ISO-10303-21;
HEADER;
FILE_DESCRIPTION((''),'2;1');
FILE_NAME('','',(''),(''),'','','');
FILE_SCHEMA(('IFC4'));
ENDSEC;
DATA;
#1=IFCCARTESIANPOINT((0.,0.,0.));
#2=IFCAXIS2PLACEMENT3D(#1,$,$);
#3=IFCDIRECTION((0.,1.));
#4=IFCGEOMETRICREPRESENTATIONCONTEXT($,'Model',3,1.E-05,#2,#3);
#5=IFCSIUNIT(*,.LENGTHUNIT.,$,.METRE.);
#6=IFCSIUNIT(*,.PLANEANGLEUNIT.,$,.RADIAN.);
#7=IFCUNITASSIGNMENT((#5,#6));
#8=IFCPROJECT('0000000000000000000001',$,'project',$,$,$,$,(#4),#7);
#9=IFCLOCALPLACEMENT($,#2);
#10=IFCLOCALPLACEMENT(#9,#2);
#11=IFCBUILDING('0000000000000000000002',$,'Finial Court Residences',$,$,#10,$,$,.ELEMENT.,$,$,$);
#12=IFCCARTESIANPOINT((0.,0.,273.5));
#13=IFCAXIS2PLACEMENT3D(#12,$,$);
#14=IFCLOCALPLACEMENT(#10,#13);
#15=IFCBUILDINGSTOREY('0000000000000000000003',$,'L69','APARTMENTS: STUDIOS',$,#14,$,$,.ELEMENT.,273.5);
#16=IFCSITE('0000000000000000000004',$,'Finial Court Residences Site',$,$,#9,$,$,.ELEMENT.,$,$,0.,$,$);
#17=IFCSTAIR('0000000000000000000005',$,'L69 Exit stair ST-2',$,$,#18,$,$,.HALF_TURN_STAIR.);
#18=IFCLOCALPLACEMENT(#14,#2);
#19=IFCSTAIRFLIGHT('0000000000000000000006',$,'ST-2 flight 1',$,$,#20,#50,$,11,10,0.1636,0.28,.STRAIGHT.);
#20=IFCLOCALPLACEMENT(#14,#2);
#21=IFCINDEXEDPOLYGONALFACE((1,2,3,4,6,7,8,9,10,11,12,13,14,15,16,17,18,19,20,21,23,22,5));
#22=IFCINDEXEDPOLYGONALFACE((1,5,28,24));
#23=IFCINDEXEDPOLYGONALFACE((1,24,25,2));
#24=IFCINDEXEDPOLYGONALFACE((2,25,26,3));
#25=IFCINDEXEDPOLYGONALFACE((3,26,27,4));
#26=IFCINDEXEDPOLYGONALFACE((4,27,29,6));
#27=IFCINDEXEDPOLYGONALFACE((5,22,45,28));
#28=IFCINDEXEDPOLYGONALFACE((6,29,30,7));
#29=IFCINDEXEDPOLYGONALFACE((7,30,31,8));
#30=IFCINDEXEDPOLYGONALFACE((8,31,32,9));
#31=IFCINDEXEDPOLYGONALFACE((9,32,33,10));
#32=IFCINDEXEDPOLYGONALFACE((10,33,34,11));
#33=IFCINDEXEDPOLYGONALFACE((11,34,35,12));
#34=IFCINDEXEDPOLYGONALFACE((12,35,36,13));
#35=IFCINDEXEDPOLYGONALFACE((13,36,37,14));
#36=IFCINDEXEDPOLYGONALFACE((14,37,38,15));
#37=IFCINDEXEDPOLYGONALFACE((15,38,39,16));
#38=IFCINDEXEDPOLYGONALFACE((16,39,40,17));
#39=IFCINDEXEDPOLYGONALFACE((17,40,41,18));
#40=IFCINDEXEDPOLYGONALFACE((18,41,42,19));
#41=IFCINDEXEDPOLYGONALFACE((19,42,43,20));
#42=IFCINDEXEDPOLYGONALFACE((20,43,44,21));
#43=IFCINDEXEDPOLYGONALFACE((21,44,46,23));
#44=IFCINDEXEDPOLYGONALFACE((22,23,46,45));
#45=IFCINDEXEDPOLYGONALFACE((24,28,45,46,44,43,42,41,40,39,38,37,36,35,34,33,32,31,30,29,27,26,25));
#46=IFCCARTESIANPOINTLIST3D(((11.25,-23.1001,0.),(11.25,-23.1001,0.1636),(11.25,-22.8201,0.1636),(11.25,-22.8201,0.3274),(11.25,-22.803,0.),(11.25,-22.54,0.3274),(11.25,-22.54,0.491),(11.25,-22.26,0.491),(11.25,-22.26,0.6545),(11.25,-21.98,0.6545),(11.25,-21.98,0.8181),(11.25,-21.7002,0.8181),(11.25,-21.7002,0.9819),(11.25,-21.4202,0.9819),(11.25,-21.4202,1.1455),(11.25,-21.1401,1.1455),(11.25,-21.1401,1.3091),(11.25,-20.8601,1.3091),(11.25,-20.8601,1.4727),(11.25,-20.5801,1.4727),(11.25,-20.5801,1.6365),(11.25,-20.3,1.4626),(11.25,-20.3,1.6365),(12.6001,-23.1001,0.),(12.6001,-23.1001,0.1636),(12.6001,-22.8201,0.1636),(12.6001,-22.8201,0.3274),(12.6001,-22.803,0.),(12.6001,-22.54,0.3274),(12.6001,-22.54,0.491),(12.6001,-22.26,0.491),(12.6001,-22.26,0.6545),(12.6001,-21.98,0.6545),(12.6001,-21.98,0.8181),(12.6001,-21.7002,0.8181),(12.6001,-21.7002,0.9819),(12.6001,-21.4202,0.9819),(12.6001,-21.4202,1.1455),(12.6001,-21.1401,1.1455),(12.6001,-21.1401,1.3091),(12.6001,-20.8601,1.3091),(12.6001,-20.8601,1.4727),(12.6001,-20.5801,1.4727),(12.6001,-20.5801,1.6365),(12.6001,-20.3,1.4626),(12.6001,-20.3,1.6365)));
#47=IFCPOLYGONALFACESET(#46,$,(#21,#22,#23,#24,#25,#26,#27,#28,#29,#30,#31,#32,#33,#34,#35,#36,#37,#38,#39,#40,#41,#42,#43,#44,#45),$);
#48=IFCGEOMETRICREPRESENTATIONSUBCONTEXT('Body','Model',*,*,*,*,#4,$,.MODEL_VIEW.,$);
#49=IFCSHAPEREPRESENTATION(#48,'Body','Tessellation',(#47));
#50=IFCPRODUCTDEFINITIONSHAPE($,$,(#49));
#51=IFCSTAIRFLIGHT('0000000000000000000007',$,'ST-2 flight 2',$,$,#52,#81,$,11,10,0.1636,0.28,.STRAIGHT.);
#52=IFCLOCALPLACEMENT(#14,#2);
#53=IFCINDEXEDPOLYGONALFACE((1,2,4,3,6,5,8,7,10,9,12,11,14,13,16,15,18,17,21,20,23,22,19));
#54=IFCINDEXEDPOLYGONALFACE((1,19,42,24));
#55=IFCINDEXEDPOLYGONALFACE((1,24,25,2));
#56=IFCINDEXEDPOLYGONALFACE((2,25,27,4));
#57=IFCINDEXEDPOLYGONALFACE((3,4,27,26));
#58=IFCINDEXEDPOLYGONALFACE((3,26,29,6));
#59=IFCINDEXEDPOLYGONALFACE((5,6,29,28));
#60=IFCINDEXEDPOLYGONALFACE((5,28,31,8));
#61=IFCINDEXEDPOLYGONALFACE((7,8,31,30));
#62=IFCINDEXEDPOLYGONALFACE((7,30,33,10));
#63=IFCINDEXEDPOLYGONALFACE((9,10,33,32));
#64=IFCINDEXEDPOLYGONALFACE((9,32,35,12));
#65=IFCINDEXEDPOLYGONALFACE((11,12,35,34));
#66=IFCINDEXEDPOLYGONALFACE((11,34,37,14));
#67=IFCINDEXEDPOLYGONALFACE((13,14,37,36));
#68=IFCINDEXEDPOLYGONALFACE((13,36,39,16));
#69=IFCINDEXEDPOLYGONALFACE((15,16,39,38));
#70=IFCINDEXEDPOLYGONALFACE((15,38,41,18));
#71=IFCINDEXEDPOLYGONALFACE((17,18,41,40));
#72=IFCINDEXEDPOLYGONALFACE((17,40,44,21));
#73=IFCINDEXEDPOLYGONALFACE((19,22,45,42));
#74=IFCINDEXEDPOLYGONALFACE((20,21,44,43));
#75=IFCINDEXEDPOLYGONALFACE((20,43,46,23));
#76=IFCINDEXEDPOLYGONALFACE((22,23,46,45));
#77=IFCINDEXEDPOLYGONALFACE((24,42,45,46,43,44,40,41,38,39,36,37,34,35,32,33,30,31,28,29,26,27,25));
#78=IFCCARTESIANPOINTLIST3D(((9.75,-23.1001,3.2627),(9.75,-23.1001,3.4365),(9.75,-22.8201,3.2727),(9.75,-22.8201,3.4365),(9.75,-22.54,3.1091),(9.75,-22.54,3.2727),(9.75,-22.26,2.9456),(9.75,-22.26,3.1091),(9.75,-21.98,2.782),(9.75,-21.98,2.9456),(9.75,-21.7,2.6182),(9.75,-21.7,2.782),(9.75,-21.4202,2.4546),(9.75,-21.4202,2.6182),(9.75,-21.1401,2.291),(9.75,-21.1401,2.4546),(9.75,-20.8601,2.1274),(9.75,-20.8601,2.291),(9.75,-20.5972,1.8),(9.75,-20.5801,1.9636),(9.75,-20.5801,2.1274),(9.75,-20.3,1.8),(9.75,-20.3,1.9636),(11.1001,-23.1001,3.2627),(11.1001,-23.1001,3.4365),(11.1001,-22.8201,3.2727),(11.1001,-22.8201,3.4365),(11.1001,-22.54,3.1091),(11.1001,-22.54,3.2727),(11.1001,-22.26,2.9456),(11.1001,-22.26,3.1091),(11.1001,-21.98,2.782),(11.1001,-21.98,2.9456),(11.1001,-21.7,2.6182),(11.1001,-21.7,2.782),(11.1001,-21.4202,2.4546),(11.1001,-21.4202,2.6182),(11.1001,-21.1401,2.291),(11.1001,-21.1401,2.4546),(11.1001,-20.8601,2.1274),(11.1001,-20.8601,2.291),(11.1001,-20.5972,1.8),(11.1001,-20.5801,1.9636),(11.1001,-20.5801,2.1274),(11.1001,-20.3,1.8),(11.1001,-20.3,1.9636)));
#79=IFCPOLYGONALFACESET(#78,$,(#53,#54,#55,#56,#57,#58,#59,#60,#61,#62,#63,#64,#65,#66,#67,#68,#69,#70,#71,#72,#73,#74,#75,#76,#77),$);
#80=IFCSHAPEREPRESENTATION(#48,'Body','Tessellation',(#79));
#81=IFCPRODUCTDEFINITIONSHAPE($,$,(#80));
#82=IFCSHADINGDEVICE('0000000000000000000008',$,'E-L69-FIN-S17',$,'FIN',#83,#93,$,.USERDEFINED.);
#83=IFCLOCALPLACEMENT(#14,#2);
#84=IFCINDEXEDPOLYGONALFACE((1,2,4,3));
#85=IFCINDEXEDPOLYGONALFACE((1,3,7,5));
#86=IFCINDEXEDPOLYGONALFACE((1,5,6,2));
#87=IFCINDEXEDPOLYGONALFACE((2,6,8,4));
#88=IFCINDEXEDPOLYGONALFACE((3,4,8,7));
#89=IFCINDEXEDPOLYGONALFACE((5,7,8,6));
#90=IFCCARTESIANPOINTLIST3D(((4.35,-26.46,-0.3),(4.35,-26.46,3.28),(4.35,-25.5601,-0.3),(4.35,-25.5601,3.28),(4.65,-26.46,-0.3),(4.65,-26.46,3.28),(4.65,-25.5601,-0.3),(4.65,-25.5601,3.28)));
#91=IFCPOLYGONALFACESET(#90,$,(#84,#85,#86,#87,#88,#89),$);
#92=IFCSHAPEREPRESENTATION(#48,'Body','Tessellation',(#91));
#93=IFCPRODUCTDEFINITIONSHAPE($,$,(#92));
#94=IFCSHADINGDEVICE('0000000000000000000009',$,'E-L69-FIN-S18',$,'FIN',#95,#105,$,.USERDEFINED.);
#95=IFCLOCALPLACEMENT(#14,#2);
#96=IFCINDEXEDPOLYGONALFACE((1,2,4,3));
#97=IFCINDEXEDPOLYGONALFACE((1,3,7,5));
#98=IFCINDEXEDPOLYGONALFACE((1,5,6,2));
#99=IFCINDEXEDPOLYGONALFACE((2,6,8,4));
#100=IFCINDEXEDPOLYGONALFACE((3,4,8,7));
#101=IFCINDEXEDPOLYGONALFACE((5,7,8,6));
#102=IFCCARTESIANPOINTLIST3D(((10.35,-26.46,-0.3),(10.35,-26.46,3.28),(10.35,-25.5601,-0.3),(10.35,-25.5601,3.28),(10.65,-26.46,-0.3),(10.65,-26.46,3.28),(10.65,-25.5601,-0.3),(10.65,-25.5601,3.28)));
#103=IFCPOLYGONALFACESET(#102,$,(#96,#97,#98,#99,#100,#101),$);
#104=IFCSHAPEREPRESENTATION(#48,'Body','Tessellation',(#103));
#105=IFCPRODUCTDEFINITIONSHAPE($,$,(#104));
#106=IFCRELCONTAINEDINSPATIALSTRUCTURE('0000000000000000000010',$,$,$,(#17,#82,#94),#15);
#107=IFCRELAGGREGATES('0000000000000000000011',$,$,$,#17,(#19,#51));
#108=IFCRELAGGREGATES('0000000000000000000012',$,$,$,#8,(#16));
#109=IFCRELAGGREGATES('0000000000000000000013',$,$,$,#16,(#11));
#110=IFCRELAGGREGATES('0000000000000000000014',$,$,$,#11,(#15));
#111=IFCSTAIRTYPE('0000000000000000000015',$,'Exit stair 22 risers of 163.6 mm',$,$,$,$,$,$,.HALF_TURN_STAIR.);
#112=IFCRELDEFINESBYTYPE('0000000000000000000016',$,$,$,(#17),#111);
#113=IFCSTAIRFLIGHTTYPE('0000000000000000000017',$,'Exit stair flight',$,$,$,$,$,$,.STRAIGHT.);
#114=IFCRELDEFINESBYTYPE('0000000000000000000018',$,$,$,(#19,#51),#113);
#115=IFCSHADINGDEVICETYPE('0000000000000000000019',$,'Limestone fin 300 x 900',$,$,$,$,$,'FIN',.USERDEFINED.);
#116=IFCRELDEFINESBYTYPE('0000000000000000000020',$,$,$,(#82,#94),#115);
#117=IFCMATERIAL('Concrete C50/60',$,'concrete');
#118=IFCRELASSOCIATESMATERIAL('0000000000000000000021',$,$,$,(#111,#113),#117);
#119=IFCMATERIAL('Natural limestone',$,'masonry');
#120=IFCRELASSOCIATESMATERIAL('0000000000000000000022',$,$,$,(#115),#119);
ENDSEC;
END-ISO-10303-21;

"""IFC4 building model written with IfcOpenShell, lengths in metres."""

from ifc_helpers import new_model, si_unit, direction, frame, origin, origin_2d, place, context, subcontext, project, spatial, polyline, rectangle, outline, extrude, material, type_object, element, aggregate, save


model = new_model("IFC4")

# Units and contexts
model_context = context("Model", 3, precision=1e-05, world=origin(), true_north=direction((0.0, 1.0)))
body_context = subcontext(model_context, "Body", "Model", "MODEL_VIEW")
ifc_project = project(units=[si_unit("LENGTHUNIT", "METRE"), si_unit("PLANEANGLEUNIT", "RADIAN")], contexts=[model_context])

# Site, building, storey
site_placement = place(None, origin())
site = spatial("IfcSite", under=ifc_project, at=site_placement, Name="Finial Court Residences Site", CompositionType="ELEMENT", RefElevation=0.0)
building_placement = place(site_placement, origin())
building = spatial("IfcBuilding", under=site, at=building_placement, Name="Finial Court Residences", CompositionType="ELEMENT")
storey_placement = place(building_placement, frame((0.0, 0.0, 273.5)))
storey = spatial("IfcBuildingStorey", under=building, at=storey_placement, Name="L69", Description="APARTMENTS: STUDIOS", CompositionType="ELEMENT", Elevation=273.5)

# Shared definitions
ifc_material_1 = material(Name="Concrete C50/60", Category="concrete")

# Stair, stair flights
stair_type = type_object("IfcStairType", Name="Exit stair 22 risers of 163.6 mm", PredefinedType="HALF_TURN_STAIR", material=ifc_material_1)
stair_placement = place(storey_placement, origin())
stair = element("IfcStair", 1, at=stair_placement, inside=storey, type_object=stair_type, Name="L69 Exit stair ST-2", PredefinedType="HALF_TURN_STAIR")
stair_flight_type = type_object("IfcStairFlightType", Name="Exit stair flight", PredefinedType="STRAIGHT", material=ifc_material_1)
stair_flight_1_placement = place(storey_placement, frame((11.925, -23.1001, 0.0), z_axis=(0.0, 0.0, 1.0), x_axis=(0.0, 1.0, 0.0)))
stair_flight_1 = element("IfcStairFlight", 2, at=stair_flight_1_placement, type_object=stair_flight_type, Name="ST-2 flight 1", NumberOfRisers=11, NumberOfTreads=10, PredefinedType="STRAIGHT", RiserHeight=0.1636, TreadLength=0.28, context=body_context, shape_type="SweptSolid", body=[
    extrude(outline(polyline([(0.0, 0.0), (0.0, 0.1636), (0.28, 0.1636), (0.28, 0.3274), (0.5601, 0.3274), (0.5601, 0.491), (0.8401, 0.491), (0.8401, 0.6545), (1.1201, 0.6545), (1.1201, 0.8181), (1.3999, 0.8181), (1.3999, 0.9819), (1.6799, 0.9819), (1.6799, 1.1455), (1.96, 1.1455), (1.96, 1.3091), (2.24, 1.3091), (2.24, 1.4727), (2.52, 1.4727), (2.52, 1.6365), (2.8, 1.6365), (2.8, 1.8), (2.8, 1.4626), (0.2971, 0.0), (0.0, 0.0)])), frame((0.0, 0.675, 0.0), z_axis=(0.0, -1.0, 0.0), x_axis=(1.0, 0.0, 0.0)), (0.0, 0.0, 1.0), 1.3501),
])
stair_flight_2_placement = place(storey_placement, frame((10.425, -20.3, 1.8), z_axis=(0.0, 0.0, 1.0), x_axis=(0.0, -1.0, 0.0)))
stair_flight_2 = element("IfcStairFlight", 3, at=stair_flight_2_placement, type_object=stair_flight_type, Name="ST-2 flight 2", NumberOfRisers=11, NumberOfTreads=10, PredefinedType="STRAIGHT", RiserHeight=0.1636, TreadLength=0.28, context=body_context, shape_type="SweptSolid", body=[
    extrude(outline(polyline([(0.0, 0.0), (0.0, 0.1636), (0.28, 0.1636), (0.28, 0.3274), (0.5601, 0.3274), (0.5601, 0.491), (0.8401, 0.491), (0.8401, 0.6545), (1.1201, 0.6545), (1.1201, 0.8181), (1.3999, 0.8181), (1.3999, 0.9819), (1.6799, 0.9819), (1.6799, 1.1455), (1.96, 1.1455), (1.96, 1.3091), (2.24, 1.3091), (2.24, 1.4727), (2.52, 1.4727), (2.52, 1.6365), (2.8, 1.6365), (2.8, 1.8), (2.8, 1.4626), (0.2971, 0.0), (0.0, 0.0)])), frame((0.0, 0.675, 0.0), z_axis=(0.0, -1.0, 0.0), x_axis=(1.0, 0.0, 0.0)), (0.0, 0.0, 1.0), 1.3501),
])
aggregate(stair, [stair_flight_1, stair_flight_2])

# Shading devices
ifc_material_2 = material(Name="Natural limestone", Category="masonry")
shading_device_type = type_object("IfcShadingDeviceType", Name="Limestone fin 300 x 900", ElementType="FIN", PredefinedType="USERDEFINED", material=ifc_material_2)
for number, where, z_axis, x_axis, name in (
    (4, (4.5, -26.01, -0.3), (0.0, 0.0, 1.0), (1.0, 0.0, 0.0), "E-L69-FIN-S17"),
    (5, (10.5, -26.01, -0.3), (0.0, 0.0, 1.0), (1.0, 0.0, 0.0), "E-L69-FIN-S18"),
):
    element("IfcShadingDevice", number, at=place(storey_placement, frame(where, z_axis=z_axis, x_axis=x_axis)), inside=storey, type_object=shading_device_type, Name=name, ObjectType="FIN", PredefinedType="USERDEFINED", context=body_context, shape_type="SweptSolid", body=[
        extrude(rectangle(XDim=0.3, YDim=0.8999, at=origin_2d()), origin(), (0.0, 0.0, 1.0), 3.5801),
    ])

save(model, "model.ifc")
